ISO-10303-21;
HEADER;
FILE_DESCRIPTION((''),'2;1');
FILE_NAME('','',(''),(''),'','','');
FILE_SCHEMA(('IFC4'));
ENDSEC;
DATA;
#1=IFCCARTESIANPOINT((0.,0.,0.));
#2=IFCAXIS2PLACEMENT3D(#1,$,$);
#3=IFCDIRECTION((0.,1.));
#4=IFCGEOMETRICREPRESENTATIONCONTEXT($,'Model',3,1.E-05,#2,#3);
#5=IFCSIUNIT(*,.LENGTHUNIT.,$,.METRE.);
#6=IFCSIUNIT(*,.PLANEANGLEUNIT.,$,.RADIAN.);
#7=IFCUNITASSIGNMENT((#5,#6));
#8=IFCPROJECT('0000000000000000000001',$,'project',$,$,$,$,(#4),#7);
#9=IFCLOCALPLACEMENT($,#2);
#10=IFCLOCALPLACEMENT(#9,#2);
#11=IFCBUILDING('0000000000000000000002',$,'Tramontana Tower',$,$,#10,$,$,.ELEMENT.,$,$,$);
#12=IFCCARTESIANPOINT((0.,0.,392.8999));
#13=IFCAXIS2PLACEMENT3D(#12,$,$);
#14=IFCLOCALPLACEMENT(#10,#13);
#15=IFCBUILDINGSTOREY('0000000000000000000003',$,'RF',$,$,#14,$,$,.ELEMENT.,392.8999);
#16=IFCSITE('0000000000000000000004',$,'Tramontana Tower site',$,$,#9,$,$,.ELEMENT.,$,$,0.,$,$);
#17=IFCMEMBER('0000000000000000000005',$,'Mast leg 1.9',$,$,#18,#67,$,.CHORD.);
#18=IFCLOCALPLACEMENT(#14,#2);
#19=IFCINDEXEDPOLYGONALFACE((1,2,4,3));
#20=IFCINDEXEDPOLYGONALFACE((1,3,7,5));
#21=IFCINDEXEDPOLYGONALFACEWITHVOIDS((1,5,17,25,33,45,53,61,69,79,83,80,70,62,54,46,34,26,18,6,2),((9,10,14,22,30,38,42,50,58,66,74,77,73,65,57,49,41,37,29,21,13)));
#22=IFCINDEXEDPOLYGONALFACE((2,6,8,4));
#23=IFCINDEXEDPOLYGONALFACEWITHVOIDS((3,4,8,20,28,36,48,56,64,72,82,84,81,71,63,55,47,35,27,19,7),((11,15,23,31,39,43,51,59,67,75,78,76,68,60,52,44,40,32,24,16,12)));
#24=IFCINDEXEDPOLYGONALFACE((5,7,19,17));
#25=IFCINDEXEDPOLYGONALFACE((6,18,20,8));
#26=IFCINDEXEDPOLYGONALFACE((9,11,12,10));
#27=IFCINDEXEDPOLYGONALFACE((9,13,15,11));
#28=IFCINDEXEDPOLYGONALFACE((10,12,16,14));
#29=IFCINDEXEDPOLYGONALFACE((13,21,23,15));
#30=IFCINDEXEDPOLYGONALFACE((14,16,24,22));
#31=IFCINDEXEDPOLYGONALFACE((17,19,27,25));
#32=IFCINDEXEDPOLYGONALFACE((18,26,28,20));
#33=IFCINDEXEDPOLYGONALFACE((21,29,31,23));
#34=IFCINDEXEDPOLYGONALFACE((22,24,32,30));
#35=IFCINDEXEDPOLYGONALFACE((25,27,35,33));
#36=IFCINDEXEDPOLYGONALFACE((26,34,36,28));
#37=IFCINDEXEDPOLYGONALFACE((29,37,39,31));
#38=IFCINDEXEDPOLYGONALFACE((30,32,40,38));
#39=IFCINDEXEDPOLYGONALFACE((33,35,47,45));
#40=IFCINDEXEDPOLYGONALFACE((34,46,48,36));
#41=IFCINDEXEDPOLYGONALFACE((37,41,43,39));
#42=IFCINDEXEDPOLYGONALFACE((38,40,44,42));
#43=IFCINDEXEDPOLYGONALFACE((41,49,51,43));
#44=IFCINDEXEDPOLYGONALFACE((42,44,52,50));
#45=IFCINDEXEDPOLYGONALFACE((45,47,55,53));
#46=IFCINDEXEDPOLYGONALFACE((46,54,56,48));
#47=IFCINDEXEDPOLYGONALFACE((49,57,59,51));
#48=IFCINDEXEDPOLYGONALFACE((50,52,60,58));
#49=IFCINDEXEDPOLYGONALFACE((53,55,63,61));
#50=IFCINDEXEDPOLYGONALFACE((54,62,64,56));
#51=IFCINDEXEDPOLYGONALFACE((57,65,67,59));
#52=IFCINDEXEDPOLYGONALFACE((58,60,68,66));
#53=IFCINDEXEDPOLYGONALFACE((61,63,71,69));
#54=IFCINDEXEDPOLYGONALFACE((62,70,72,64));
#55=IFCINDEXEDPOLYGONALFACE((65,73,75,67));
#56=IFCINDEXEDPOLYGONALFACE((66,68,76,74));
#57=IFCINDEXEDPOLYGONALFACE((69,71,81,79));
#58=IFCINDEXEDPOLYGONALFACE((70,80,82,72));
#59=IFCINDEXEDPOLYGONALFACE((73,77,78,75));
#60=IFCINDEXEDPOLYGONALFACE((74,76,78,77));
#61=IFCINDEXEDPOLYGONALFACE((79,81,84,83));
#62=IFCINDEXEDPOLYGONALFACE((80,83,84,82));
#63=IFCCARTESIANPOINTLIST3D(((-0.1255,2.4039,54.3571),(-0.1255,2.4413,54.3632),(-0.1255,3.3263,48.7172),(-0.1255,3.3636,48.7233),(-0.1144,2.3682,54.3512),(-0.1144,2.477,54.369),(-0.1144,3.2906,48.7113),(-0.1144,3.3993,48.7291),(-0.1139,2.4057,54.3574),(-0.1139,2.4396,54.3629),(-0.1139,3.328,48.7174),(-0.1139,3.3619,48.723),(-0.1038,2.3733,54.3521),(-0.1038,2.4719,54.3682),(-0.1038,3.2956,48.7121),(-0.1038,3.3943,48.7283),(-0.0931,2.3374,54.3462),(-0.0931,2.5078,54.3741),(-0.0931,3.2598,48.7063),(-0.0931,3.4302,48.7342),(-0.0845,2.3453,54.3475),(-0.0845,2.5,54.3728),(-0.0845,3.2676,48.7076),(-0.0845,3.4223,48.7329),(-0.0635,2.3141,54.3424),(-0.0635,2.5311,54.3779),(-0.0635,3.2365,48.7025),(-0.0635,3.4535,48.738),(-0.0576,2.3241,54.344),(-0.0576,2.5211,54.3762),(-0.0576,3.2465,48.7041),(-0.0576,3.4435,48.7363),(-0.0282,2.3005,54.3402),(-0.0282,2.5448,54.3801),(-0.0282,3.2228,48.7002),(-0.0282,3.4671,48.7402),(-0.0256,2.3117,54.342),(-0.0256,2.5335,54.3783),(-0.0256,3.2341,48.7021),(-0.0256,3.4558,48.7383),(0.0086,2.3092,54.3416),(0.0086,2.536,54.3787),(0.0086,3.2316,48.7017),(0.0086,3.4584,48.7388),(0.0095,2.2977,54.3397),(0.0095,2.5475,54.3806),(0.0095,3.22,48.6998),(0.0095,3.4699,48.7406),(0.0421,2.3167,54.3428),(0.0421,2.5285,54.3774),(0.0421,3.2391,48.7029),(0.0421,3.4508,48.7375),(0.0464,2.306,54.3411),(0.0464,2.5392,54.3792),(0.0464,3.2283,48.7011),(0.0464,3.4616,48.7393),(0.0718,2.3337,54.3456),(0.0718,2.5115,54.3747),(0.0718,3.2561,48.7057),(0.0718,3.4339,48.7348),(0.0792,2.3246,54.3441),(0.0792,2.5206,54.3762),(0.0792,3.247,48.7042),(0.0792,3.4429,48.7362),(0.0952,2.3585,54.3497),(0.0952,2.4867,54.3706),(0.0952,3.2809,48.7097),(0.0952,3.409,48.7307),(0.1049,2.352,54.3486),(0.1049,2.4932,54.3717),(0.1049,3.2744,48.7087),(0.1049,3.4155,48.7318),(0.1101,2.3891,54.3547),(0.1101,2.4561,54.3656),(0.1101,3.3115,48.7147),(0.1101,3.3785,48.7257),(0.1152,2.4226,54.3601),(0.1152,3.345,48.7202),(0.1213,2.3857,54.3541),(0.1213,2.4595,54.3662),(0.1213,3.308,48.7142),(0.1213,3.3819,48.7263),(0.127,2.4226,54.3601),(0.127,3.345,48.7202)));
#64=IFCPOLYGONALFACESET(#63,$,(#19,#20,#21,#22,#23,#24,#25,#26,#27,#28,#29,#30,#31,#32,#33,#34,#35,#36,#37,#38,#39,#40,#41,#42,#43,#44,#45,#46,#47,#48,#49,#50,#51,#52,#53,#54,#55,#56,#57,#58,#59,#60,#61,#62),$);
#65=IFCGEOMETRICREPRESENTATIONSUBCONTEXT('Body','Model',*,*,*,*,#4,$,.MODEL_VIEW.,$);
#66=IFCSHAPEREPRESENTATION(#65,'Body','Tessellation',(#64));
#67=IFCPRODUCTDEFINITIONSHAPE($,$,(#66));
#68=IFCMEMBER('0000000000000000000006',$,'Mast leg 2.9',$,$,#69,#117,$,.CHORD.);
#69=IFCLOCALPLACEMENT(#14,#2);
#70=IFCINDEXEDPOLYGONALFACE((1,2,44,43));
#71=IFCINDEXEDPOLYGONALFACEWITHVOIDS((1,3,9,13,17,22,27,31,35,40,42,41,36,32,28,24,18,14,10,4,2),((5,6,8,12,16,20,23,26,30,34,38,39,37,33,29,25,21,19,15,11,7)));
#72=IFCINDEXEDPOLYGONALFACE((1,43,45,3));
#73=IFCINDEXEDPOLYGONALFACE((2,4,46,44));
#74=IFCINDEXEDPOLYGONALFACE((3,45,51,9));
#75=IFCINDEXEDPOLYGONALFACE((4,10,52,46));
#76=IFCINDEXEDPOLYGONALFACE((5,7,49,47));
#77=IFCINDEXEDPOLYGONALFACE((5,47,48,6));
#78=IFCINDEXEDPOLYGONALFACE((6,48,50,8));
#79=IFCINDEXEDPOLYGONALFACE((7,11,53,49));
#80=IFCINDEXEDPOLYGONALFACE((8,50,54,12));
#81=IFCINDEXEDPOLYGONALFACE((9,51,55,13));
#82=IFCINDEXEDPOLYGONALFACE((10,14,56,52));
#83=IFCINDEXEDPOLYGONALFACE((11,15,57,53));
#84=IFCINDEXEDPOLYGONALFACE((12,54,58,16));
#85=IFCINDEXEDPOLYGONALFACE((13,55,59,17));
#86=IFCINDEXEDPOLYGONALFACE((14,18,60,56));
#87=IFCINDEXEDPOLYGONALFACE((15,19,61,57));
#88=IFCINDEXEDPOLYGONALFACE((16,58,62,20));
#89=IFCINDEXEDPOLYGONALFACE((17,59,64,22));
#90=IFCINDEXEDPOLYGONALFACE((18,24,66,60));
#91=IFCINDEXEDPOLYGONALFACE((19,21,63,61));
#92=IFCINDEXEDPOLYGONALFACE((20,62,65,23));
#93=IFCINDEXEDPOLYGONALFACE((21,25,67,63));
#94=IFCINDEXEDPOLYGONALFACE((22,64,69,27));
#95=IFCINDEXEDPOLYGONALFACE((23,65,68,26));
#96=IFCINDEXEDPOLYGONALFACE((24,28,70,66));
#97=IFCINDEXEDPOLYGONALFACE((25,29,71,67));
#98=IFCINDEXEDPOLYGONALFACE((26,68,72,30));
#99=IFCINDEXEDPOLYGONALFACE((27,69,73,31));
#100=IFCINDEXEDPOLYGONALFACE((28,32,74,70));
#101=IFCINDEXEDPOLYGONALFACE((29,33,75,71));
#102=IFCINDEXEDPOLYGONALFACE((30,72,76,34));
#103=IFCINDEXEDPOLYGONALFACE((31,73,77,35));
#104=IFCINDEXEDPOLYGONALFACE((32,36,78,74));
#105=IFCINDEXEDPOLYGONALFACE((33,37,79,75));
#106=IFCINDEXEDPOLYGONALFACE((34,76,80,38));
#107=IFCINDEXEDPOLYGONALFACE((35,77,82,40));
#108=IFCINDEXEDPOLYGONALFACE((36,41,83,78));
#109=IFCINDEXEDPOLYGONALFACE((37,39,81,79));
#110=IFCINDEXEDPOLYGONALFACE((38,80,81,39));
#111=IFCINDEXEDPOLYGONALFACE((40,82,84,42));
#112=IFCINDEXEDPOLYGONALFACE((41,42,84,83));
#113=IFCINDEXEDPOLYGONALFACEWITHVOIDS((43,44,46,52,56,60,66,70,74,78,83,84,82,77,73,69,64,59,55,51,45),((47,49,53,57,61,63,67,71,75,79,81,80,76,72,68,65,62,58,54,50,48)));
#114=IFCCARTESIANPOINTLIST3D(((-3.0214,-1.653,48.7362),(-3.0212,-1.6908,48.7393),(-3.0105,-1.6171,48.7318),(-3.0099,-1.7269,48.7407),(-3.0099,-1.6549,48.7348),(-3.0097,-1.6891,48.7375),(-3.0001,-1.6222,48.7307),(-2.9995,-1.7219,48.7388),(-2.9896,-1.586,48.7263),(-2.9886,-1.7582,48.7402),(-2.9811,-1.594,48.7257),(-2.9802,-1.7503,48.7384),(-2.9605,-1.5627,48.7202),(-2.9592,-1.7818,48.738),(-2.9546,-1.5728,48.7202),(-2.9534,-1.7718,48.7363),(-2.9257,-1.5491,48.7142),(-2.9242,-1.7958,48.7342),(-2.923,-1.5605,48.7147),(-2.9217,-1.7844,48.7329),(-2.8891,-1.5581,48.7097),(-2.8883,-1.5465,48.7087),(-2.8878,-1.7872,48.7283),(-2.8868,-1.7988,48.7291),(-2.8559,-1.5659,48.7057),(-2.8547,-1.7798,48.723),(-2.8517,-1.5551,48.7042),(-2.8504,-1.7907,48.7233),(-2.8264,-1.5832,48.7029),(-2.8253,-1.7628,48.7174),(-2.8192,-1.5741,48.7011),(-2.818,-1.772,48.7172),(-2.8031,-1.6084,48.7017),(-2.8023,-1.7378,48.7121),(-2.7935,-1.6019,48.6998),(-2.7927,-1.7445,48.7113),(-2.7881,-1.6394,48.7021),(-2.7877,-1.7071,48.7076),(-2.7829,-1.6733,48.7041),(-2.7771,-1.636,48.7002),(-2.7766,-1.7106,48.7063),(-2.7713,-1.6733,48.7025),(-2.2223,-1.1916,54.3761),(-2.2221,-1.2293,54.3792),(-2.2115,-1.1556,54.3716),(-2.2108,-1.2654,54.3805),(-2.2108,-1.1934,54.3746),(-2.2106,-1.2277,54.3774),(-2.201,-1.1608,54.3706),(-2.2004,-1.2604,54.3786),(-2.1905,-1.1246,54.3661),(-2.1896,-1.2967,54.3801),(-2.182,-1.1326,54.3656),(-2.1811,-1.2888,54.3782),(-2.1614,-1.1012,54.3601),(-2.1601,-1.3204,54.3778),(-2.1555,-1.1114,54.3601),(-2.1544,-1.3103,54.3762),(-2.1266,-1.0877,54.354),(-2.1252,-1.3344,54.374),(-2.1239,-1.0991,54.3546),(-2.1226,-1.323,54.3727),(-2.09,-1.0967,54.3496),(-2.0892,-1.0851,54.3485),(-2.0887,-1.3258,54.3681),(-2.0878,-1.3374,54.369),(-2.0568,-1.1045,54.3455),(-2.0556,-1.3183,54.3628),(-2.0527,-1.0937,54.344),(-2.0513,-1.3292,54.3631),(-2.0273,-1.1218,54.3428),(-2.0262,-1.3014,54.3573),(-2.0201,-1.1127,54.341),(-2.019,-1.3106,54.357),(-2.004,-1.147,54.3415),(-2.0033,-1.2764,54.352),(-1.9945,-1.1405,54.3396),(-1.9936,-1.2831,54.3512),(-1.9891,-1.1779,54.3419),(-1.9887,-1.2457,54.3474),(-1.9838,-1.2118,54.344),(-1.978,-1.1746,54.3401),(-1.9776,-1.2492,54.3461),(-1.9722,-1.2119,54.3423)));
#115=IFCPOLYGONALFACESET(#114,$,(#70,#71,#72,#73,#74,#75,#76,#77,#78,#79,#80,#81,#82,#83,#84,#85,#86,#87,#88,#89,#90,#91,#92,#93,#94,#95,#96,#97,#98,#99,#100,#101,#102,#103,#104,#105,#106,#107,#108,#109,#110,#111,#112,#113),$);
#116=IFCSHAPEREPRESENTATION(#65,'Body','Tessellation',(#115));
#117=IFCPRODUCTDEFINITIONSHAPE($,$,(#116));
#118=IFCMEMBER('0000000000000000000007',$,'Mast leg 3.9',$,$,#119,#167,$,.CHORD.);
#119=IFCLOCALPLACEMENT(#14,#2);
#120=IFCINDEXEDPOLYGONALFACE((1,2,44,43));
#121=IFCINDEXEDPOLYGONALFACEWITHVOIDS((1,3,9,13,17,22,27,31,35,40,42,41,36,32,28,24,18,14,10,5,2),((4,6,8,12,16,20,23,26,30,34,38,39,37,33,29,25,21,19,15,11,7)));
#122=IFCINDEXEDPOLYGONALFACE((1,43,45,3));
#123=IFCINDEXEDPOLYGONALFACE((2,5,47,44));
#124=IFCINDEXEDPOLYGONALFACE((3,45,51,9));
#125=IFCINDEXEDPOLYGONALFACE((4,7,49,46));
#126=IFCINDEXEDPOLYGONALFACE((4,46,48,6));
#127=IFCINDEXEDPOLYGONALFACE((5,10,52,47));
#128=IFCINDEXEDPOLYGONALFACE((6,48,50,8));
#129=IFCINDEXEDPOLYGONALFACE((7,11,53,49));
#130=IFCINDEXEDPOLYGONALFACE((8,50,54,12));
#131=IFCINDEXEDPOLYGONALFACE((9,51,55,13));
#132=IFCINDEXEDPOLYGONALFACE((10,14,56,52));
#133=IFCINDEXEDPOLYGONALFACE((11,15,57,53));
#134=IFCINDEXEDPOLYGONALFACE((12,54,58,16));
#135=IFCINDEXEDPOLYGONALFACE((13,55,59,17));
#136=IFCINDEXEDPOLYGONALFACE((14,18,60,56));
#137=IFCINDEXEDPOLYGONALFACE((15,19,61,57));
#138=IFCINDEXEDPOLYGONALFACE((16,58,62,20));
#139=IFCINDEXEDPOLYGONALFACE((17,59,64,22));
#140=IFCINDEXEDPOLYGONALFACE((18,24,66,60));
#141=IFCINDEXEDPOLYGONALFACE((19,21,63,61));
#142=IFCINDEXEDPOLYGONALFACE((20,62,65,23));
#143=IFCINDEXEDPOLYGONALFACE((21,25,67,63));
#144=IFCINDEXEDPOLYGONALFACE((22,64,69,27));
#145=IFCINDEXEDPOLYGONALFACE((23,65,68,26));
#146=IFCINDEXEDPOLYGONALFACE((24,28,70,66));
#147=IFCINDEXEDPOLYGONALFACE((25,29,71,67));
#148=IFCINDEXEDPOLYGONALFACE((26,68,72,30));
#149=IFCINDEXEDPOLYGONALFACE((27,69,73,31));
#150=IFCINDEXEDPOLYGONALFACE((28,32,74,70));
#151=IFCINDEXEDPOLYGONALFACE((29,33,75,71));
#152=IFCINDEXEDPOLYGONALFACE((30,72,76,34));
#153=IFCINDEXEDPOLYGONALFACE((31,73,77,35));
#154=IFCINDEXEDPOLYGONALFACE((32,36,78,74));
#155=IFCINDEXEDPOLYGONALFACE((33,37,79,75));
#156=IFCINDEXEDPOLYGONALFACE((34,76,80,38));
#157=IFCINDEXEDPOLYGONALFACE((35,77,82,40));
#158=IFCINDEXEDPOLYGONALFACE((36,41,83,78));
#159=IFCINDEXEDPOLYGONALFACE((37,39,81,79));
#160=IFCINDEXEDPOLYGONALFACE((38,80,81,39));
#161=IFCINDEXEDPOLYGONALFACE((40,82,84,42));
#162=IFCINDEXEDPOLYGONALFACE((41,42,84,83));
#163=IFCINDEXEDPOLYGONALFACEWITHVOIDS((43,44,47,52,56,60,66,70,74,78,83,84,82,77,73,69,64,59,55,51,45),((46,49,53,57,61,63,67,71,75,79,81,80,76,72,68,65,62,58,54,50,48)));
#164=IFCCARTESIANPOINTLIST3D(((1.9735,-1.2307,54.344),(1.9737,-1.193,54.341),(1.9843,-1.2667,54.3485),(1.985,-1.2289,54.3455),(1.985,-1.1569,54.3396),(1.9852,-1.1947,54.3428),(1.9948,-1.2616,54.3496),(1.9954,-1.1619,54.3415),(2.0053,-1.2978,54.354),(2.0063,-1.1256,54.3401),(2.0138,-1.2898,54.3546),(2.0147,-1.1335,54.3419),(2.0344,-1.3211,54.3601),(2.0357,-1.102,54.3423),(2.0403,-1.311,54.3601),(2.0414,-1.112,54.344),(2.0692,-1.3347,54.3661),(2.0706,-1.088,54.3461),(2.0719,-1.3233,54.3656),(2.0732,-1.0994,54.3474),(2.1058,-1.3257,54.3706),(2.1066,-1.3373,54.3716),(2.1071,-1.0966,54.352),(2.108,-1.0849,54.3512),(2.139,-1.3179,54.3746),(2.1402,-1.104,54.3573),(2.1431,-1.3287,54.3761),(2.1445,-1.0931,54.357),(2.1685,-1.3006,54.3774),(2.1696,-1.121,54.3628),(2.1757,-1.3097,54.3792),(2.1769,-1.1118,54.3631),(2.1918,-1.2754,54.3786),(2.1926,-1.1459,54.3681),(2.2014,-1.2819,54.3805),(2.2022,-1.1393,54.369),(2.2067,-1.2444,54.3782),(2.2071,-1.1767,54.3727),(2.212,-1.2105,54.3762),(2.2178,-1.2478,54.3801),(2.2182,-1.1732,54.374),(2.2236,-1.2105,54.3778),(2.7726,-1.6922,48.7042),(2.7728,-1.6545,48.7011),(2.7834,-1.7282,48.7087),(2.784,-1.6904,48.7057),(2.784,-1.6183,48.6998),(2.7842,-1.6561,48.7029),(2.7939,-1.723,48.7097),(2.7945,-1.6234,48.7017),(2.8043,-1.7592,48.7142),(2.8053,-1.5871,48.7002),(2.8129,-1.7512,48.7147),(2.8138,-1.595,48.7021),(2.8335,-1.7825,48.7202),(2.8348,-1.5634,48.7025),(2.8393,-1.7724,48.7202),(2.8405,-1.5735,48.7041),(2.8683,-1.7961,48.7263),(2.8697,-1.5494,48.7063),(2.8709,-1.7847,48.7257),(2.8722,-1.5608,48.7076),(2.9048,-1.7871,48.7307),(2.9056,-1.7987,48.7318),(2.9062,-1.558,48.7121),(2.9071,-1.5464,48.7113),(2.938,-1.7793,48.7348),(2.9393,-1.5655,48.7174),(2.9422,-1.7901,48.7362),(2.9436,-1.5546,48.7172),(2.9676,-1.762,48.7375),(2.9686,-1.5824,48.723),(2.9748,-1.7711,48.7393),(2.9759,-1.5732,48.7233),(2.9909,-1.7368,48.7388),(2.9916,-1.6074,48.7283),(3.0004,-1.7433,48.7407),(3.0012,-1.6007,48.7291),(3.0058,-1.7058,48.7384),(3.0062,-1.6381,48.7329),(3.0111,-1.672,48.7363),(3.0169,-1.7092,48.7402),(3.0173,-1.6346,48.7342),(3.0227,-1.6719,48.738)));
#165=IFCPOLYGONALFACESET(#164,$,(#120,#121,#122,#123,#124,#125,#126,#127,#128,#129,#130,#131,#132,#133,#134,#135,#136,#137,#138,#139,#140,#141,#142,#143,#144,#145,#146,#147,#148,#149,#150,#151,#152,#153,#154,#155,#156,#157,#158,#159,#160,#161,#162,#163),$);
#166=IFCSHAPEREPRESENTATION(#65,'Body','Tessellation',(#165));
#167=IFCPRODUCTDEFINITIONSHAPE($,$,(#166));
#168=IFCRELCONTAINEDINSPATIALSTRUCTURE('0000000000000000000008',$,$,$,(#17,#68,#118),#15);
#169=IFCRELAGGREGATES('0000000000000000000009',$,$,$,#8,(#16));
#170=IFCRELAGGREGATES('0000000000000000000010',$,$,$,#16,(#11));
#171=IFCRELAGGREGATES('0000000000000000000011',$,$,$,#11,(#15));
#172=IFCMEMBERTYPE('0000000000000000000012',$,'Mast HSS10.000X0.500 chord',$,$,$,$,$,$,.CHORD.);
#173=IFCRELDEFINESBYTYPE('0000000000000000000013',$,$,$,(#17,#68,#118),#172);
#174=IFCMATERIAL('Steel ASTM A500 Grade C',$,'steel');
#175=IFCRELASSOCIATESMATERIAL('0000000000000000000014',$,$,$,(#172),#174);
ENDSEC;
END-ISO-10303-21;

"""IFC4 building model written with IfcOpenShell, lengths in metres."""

from ifc_helpers import new_model, si_unit, direction, frame, origin, origin_2d, place, context, subcontext, project, spatial, hollow_circle, extrude, material, material_profile, profile_set, type_object, element, save


model = new_model("IFC4")

# Units and contexts
model_context = context("Model", 3, precision=1e-05, world=origin(), true_north=direction((0.0, 1.0)))
body_context = subcontext(model_context, "Body", "Model", "MODEL_VIEW")
ifc_project = project(units=[si_unit("LENGTHUNIT", "METRE"), si_unit("PLANEANGLEUNIT", "RADIAN")], contexts=[model_context])

# Site, building, storey
site_placement = place(None, origin())
site = spatial("IfcSite", under=ifc_project, at=site_placement, Name="Tramontana Tower site", CompositionType="ELEMENT", RefElevation=0.0)
building_placement = place(site_placement, origin())
building = spatial("IfcBuilding", under=site, at=building_placement, Name="Tramontana Tower", CompositionType="ELEMENT")
storey_placement = place(building_placement, frame((0.0, 0.0, 392.8999)))
storey = spatial("IfcBuildingStorey", under=building, at=storey_placement, Name="RF", CompositionType="ELEMENT", Elevation=392.8999)

# Members
ifc_material_1 = material(Name="Steel ASTM A500 Grade C", Category="steel")
ifc_material_profile_1 = material_profile(ifc_material_1, hollow_circle(Radius=0.127, WallThickness=0.0117, at=origin_2d()), Name="HSS10.000X0.500")
ifc_profile_set_1 = profile_set([ifc_material_profile_1], Name="Steel ASTM A500 Grade C")
member_type_1 = type_object("IfcMemberType", Name="Mast HSS10.000X0.500 chord", PredefinedType="CHORD", material=ifc_profile_set_1)
for number, where, z_axis, x_axis, name in (
    (1, (0.0, 3.345, 48.7202), (0.0, -0.161399, 0.986889), (1.0, 0.0, 0.0), "Mast leg 1.9"),
    (2, (-2.897, -1.6726, 48.7202), (0.139823, 0.080741, 0.986879), (-0.500066, 0.865987, 0.0), "Mast leg 2.9"),
    (3, (2.897, -1.6726, 48.7202), (-0.139823, 0.080741, 0.986879), (-0.500066, -0.865987, 0.0), "Mast leg 3.9"),
):
    element("IfcMember", number, at=place(storey_placement, frame(where, z_axis=z_axis, x_axis=x_axis)), inside=storey, type_object=member_type_1, Name=name, PredefinedType="CHORD", context=body_context, shape_type="SweptSolid", body=[
        extrude(hollow_circle(Radius=0.127, WallThickness=0.0117, at=origin_2d()), origin(), (0.0, 0.0, 1.0), 5.7148),
    ])

save(model, "model.ifc")
